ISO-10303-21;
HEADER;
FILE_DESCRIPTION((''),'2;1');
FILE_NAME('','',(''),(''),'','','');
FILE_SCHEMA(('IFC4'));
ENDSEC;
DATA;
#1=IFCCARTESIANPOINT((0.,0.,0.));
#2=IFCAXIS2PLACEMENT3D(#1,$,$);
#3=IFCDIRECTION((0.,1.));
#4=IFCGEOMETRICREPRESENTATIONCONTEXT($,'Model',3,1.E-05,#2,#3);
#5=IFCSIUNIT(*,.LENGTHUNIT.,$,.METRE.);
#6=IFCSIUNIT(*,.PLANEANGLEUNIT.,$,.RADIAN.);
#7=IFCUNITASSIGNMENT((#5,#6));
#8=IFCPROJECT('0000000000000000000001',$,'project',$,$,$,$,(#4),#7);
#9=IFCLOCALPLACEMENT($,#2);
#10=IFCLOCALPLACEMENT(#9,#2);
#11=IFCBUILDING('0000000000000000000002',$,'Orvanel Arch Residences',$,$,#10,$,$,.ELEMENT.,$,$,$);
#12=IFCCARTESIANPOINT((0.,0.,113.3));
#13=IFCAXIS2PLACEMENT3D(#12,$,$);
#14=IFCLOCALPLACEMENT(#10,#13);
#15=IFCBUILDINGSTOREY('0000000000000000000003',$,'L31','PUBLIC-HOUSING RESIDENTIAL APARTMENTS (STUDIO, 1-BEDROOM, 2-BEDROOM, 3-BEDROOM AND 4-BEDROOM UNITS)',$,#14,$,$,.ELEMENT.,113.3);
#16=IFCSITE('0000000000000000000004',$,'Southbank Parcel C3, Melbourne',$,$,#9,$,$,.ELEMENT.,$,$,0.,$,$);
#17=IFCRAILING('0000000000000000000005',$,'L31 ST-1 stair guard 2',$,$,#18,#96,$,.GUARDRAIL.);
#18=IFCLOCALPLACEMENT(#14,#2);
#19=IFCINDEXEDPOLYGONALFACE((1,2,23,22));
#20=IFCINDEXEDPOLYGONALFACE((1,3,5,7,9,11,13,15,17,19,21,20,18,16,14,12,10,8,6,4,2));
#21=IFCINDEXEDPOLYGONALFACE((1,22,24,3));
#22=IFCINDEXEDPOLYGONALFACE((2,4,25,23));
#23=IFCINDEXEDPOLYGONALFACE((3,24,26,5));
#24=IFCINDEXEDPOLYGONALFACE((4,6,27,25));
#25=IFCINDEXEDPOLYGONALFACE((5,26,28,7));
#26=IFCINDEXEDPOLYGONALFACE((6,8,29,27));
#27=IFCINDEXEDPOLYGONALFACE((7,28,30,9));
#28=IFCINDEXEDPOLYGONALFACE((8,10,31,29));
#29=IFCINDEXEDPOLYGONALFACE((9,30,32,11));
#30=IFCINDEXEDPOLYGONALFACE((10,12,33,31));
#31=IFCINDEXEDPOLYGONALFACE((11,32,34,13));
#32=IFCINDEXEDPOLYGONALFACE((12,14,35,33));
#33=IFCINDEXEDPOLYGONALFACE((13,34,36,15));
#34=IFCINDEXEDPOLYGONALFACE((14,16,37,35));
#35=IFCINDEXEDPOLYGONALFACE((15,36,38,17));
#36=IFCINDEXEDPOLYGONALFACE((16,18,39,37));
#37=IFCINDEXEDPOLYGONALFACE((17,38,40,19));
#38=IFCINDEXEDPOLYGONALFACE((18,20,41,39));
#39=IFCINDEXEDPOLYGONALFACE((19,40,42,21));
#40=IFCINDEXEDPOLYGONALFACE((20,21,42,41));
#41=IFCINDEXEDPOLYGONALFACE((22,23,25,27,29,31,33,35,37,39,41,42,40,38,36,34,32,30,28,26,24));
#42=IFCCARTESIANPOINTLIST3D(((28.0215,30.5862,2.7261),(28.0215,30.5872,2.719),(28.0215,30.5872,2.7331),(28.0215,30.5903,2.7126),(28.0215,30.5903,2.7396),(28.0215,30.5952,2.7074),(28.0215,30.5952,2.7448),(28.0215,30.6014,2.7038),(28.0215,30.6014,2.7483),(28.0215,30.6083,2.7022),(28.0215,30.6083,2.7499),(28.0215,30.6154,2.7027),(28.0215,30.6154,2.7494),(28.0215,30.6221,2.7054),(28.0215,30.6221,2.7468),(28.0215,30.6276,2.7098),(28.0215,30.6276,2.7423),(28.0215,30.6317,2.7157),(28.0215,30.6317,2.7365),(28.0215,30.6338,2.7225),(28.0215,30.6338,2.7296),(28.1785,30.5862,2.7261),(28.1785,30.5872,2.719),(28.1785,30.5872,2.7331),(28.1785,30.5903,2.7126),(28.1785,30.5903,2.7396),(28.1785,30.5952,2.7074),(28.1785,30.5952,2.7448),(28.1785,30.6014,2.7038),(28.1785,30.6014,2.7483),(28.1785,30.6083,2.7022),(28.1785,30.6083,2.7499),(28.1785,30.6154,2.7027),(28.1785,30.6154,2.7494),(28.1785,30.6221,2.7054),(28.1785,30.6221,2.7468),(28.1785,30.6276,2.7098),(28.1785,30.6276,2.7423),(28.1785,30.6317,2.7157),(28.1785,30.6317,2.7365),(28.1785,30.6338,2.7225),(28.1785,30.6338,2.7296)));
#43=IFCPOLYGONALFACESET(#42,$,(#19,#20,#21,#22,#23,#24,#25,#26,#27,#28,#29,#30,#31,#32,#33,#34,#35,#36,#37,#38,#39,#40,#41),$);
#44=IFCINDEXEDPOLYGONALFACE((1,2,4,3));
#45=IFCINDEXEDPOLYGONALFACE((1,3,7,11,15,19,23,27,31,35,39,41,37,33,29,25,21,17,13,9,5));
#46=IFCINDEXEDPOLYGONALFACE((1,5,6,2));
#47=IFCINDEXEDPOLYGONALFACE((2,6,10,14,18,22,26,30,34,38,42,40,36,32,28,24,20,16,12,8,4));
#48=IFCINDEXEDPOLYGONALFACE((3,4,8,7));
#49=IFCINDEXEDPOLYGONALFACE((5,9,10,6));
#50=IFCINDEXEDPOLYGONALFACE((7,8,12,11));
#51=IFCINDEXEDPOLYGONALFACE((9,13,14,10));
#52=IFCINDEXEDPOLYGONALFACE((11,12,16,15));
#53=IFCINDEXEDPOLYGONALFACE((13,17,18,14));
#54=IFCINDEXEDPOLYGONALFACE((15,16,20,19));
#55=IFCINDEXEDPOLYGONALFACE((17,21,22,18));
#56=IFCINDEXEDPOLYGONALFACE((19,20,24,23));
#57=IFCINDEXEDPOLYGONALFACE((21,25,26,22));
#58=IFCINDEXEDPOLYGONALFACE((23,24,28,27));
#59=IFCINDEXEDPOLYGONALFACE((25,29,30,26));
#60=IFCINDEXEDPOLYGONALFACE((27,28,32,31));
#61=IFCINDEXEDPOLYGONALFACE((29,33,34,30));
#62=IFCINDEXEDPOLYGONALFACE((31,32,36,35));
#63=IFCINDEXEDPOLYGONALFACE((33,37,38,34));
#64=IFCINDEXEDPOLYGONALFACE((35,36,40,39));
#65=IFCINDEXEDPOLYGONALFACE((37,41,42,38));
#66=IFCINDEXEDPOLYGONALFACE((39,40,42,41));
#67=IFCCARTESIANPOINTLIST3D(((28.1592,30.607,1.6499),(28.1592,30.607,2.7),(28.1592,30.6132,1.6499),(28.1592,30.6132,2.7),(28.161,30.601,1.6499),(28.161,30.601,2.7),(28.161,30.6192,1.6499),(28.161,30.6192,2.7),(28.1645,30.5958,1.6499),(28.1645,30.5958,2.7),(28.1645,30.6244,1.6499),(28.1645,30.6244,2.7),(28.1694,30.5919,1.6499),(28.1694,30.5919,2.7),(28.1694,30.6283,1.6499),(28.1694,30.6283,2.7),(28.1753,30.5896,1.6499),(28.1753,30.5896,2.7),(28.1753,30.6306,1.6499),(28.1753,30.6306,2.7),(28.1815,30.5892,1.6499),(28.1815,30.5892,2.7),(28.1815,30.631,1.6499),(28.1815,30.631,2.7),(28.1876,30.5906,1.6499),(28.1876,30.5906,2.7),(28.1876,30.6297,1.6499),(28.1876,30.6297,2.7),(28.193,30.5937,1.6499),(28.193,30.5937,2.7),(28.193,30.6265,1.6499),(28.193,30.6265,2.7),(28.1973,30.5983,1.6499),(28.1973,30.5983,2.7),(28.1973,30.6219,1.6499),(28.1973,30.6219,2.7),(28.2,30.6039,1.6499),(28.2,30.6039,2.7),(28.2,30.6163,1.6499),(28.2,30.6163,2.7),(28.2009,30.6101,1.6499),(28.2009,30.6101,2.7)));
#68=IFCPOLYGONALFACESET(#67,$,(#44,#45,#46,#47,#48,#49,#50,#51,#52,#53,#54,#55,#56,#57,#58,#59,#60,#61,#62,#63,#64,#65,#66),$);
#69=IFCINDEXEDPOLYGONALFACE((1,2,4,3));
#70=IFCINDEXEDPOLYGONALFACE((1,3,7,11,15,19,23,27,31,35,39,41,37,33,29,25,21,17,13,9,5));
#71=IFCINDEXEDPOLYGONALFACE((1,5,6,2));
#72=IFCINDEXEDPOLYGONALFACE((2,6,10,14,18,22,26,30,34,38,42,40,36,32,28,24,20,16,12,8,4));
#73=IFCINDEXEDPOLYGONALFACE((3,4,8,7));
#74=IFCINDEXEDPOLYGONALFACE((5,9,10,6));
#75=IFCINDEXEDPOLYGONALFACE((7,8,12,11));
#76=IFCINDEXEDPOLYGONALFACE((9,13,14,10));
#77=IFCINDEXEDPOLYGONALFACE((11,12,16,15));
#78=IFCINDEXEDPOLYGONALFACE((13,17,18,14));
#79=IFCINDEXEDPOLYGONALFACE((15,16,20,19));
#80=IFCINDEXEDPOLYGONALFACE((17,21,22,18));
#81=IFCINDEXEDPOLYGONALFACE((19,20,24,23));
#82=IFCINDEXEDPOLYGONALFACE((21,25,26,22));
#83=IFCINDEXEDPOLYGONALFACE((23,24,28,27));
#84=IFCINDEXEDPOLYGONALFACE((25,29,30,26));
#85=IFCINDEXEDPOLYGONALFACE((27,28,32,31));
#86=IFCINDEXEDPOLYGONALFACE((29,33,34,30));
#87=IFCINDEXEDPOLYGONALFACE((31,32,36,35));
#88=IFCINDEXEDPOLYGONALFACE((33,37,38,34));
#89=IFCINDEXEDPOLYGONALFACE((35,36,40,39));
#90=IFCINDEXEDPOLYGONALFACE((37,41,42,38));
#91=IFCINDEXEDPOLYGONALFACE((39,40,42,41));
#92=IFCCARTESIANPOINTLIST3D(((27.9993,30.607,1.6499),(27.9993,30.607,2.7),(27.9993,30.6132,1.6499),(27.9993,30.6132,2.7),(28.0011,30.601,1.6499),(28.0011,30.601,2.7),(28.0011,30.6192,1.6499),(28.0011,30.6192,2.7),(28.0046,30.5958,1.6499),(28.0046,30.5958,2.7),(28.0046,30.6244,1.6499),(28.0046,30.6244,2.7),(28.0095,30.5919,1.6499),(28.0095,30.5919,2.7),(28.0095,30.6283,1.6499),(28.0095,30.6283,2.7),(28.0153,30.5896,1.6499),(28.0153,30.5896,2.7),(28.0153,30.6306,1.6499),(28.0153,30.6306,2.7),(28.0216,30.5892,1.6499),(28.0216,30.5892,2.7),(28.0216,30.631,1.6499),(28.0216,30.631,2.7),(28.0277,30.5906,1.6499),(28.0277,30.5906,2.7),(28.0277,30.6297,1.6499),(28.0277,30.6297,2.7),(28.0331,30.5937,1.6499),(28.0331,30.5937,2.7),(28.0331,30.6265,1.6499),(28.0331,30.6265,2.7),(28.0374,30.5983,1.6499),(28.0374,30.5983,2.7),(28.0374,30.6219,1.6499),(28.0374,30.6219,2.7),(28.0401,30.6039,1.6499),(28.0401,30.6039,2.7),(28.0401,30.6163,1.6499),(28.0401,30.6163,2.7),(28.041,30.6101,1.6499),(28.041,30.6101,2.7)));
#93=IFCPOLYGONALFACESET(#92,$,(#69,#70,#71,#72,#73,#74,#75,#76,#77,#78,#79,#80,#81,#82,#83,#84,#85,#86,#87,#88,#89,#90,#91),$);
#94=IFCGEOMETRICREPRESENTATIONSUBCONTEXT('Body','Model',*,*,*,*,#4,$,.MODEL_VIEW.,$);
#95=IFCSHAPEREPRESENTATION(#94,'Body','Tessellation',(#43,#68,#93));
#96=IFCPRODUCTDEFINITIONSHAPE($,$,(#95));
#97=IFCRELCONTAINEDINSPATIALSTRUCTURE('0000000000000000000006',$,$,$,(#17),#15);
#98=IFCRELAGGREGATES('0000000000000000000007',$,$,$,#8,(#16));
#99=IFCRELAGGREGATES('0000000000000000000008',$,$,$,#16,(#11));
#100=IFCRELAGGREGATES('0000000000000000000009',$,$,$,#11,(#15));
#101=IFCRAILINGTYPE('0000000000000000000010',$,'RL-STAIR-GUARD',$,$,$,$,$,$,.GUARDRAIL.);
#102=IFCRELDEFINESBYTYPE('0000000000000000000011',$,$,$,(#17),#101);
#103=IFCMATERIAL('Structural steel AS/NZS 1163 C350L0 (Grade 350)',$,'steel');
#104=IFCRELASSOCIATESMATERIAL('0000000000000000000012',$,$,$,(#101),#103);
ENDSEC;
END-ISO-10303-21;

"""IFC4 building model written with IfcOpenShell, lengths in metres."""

from ifc_helpers import new_model, si_unit, direction, frame, origin, origin_2d, place, context, subcontext, project, spatial, circle, extrude, material, type_object, element, save


model = new_model("IFC4")

# Units and contexts
model_context = context("Model", 3, precision=1e-05, world=origin(), true_north=direction((0.0, 1.0)))
body_context = subcontext(model_context, "Body", "Model", "MODEL_VIEW")
ifc_project = project(units=[si_unit("LENGTHUNIT", "METRE"), si_unit("PLANEANGLEUNIT", "RADIAN")], contexts=[model_context])

# Site, building, storey
site_placement = place(None, origin())
site = spatial("IfcSite", under=ifc_project, at=site_placement, Name="Southbank Parcel C3, Melbourne", CompositionType="ELEMENT", RefElevation=0.0)
building_placement = place(site_placement, origin())
building = spatial("IfcBuilding", under=site, at=building_placement, Name="Orvanel Arch Residences", CompositionType="ELEMENT")
storey_placement = place(building_placement, frame((0.0, 0.0, 113.3)))
storey = spatial("IfcBuildingStorey", under=building, at=storey_placement, Name="L31", Description="PUBLIC-HOUSING RESIDENTIAL APARTMENTS (STUDIO, 1-BEDROOM, 2-BEDROOM, 3-BEDROOM AND 4-BEDROOM UNITS)", CompositionType="ELEMENT", Elevation=113.3)

# Railing
ifc_material_1 = material(Name="Structural steel AS/NZS 1163 C350L0 (Grade 350)", Category="steel")
railing_type_1 = type_object("IfcRailingType", Name="RL-STAIR-GUARD", PredefinedType="GUARDRAIL", material=ifc_material_1)
railing_1_placement = place(storey_placement, frame((28.1799, 30.6101, 1.6499)))
element("IfcRailing", 1, at=railing_1_placement, inside=storey, type_object=railing_type_1, Name="L31 ST-1 stair guard 2", PredefinedType="GUARDRAIL", context=body_context, shape_type="SweptSolid", body=[
    extrude(circle(Radius=0.0239, at=origin_2d()), frame((-0.0015, 0.0, 1.0762), z_axis=(-1.0, 0.0, 0.0), x_axis=(0.0, -1.0, 0.0)), (0.0, 0.0, 1.0), 0.157),
    extrude(circle(Radius=0.021, at=origin_2d()), origin(), (0.0, 0.0, 1.0), 1.05),
    extrude(circle(Radius=0.021, at=origin_2d()), frame((-0.1599, 0.0, 0.0)), (0.0, 0.0, 1.0), 1.05),
])

save(model, "model.ifc")
